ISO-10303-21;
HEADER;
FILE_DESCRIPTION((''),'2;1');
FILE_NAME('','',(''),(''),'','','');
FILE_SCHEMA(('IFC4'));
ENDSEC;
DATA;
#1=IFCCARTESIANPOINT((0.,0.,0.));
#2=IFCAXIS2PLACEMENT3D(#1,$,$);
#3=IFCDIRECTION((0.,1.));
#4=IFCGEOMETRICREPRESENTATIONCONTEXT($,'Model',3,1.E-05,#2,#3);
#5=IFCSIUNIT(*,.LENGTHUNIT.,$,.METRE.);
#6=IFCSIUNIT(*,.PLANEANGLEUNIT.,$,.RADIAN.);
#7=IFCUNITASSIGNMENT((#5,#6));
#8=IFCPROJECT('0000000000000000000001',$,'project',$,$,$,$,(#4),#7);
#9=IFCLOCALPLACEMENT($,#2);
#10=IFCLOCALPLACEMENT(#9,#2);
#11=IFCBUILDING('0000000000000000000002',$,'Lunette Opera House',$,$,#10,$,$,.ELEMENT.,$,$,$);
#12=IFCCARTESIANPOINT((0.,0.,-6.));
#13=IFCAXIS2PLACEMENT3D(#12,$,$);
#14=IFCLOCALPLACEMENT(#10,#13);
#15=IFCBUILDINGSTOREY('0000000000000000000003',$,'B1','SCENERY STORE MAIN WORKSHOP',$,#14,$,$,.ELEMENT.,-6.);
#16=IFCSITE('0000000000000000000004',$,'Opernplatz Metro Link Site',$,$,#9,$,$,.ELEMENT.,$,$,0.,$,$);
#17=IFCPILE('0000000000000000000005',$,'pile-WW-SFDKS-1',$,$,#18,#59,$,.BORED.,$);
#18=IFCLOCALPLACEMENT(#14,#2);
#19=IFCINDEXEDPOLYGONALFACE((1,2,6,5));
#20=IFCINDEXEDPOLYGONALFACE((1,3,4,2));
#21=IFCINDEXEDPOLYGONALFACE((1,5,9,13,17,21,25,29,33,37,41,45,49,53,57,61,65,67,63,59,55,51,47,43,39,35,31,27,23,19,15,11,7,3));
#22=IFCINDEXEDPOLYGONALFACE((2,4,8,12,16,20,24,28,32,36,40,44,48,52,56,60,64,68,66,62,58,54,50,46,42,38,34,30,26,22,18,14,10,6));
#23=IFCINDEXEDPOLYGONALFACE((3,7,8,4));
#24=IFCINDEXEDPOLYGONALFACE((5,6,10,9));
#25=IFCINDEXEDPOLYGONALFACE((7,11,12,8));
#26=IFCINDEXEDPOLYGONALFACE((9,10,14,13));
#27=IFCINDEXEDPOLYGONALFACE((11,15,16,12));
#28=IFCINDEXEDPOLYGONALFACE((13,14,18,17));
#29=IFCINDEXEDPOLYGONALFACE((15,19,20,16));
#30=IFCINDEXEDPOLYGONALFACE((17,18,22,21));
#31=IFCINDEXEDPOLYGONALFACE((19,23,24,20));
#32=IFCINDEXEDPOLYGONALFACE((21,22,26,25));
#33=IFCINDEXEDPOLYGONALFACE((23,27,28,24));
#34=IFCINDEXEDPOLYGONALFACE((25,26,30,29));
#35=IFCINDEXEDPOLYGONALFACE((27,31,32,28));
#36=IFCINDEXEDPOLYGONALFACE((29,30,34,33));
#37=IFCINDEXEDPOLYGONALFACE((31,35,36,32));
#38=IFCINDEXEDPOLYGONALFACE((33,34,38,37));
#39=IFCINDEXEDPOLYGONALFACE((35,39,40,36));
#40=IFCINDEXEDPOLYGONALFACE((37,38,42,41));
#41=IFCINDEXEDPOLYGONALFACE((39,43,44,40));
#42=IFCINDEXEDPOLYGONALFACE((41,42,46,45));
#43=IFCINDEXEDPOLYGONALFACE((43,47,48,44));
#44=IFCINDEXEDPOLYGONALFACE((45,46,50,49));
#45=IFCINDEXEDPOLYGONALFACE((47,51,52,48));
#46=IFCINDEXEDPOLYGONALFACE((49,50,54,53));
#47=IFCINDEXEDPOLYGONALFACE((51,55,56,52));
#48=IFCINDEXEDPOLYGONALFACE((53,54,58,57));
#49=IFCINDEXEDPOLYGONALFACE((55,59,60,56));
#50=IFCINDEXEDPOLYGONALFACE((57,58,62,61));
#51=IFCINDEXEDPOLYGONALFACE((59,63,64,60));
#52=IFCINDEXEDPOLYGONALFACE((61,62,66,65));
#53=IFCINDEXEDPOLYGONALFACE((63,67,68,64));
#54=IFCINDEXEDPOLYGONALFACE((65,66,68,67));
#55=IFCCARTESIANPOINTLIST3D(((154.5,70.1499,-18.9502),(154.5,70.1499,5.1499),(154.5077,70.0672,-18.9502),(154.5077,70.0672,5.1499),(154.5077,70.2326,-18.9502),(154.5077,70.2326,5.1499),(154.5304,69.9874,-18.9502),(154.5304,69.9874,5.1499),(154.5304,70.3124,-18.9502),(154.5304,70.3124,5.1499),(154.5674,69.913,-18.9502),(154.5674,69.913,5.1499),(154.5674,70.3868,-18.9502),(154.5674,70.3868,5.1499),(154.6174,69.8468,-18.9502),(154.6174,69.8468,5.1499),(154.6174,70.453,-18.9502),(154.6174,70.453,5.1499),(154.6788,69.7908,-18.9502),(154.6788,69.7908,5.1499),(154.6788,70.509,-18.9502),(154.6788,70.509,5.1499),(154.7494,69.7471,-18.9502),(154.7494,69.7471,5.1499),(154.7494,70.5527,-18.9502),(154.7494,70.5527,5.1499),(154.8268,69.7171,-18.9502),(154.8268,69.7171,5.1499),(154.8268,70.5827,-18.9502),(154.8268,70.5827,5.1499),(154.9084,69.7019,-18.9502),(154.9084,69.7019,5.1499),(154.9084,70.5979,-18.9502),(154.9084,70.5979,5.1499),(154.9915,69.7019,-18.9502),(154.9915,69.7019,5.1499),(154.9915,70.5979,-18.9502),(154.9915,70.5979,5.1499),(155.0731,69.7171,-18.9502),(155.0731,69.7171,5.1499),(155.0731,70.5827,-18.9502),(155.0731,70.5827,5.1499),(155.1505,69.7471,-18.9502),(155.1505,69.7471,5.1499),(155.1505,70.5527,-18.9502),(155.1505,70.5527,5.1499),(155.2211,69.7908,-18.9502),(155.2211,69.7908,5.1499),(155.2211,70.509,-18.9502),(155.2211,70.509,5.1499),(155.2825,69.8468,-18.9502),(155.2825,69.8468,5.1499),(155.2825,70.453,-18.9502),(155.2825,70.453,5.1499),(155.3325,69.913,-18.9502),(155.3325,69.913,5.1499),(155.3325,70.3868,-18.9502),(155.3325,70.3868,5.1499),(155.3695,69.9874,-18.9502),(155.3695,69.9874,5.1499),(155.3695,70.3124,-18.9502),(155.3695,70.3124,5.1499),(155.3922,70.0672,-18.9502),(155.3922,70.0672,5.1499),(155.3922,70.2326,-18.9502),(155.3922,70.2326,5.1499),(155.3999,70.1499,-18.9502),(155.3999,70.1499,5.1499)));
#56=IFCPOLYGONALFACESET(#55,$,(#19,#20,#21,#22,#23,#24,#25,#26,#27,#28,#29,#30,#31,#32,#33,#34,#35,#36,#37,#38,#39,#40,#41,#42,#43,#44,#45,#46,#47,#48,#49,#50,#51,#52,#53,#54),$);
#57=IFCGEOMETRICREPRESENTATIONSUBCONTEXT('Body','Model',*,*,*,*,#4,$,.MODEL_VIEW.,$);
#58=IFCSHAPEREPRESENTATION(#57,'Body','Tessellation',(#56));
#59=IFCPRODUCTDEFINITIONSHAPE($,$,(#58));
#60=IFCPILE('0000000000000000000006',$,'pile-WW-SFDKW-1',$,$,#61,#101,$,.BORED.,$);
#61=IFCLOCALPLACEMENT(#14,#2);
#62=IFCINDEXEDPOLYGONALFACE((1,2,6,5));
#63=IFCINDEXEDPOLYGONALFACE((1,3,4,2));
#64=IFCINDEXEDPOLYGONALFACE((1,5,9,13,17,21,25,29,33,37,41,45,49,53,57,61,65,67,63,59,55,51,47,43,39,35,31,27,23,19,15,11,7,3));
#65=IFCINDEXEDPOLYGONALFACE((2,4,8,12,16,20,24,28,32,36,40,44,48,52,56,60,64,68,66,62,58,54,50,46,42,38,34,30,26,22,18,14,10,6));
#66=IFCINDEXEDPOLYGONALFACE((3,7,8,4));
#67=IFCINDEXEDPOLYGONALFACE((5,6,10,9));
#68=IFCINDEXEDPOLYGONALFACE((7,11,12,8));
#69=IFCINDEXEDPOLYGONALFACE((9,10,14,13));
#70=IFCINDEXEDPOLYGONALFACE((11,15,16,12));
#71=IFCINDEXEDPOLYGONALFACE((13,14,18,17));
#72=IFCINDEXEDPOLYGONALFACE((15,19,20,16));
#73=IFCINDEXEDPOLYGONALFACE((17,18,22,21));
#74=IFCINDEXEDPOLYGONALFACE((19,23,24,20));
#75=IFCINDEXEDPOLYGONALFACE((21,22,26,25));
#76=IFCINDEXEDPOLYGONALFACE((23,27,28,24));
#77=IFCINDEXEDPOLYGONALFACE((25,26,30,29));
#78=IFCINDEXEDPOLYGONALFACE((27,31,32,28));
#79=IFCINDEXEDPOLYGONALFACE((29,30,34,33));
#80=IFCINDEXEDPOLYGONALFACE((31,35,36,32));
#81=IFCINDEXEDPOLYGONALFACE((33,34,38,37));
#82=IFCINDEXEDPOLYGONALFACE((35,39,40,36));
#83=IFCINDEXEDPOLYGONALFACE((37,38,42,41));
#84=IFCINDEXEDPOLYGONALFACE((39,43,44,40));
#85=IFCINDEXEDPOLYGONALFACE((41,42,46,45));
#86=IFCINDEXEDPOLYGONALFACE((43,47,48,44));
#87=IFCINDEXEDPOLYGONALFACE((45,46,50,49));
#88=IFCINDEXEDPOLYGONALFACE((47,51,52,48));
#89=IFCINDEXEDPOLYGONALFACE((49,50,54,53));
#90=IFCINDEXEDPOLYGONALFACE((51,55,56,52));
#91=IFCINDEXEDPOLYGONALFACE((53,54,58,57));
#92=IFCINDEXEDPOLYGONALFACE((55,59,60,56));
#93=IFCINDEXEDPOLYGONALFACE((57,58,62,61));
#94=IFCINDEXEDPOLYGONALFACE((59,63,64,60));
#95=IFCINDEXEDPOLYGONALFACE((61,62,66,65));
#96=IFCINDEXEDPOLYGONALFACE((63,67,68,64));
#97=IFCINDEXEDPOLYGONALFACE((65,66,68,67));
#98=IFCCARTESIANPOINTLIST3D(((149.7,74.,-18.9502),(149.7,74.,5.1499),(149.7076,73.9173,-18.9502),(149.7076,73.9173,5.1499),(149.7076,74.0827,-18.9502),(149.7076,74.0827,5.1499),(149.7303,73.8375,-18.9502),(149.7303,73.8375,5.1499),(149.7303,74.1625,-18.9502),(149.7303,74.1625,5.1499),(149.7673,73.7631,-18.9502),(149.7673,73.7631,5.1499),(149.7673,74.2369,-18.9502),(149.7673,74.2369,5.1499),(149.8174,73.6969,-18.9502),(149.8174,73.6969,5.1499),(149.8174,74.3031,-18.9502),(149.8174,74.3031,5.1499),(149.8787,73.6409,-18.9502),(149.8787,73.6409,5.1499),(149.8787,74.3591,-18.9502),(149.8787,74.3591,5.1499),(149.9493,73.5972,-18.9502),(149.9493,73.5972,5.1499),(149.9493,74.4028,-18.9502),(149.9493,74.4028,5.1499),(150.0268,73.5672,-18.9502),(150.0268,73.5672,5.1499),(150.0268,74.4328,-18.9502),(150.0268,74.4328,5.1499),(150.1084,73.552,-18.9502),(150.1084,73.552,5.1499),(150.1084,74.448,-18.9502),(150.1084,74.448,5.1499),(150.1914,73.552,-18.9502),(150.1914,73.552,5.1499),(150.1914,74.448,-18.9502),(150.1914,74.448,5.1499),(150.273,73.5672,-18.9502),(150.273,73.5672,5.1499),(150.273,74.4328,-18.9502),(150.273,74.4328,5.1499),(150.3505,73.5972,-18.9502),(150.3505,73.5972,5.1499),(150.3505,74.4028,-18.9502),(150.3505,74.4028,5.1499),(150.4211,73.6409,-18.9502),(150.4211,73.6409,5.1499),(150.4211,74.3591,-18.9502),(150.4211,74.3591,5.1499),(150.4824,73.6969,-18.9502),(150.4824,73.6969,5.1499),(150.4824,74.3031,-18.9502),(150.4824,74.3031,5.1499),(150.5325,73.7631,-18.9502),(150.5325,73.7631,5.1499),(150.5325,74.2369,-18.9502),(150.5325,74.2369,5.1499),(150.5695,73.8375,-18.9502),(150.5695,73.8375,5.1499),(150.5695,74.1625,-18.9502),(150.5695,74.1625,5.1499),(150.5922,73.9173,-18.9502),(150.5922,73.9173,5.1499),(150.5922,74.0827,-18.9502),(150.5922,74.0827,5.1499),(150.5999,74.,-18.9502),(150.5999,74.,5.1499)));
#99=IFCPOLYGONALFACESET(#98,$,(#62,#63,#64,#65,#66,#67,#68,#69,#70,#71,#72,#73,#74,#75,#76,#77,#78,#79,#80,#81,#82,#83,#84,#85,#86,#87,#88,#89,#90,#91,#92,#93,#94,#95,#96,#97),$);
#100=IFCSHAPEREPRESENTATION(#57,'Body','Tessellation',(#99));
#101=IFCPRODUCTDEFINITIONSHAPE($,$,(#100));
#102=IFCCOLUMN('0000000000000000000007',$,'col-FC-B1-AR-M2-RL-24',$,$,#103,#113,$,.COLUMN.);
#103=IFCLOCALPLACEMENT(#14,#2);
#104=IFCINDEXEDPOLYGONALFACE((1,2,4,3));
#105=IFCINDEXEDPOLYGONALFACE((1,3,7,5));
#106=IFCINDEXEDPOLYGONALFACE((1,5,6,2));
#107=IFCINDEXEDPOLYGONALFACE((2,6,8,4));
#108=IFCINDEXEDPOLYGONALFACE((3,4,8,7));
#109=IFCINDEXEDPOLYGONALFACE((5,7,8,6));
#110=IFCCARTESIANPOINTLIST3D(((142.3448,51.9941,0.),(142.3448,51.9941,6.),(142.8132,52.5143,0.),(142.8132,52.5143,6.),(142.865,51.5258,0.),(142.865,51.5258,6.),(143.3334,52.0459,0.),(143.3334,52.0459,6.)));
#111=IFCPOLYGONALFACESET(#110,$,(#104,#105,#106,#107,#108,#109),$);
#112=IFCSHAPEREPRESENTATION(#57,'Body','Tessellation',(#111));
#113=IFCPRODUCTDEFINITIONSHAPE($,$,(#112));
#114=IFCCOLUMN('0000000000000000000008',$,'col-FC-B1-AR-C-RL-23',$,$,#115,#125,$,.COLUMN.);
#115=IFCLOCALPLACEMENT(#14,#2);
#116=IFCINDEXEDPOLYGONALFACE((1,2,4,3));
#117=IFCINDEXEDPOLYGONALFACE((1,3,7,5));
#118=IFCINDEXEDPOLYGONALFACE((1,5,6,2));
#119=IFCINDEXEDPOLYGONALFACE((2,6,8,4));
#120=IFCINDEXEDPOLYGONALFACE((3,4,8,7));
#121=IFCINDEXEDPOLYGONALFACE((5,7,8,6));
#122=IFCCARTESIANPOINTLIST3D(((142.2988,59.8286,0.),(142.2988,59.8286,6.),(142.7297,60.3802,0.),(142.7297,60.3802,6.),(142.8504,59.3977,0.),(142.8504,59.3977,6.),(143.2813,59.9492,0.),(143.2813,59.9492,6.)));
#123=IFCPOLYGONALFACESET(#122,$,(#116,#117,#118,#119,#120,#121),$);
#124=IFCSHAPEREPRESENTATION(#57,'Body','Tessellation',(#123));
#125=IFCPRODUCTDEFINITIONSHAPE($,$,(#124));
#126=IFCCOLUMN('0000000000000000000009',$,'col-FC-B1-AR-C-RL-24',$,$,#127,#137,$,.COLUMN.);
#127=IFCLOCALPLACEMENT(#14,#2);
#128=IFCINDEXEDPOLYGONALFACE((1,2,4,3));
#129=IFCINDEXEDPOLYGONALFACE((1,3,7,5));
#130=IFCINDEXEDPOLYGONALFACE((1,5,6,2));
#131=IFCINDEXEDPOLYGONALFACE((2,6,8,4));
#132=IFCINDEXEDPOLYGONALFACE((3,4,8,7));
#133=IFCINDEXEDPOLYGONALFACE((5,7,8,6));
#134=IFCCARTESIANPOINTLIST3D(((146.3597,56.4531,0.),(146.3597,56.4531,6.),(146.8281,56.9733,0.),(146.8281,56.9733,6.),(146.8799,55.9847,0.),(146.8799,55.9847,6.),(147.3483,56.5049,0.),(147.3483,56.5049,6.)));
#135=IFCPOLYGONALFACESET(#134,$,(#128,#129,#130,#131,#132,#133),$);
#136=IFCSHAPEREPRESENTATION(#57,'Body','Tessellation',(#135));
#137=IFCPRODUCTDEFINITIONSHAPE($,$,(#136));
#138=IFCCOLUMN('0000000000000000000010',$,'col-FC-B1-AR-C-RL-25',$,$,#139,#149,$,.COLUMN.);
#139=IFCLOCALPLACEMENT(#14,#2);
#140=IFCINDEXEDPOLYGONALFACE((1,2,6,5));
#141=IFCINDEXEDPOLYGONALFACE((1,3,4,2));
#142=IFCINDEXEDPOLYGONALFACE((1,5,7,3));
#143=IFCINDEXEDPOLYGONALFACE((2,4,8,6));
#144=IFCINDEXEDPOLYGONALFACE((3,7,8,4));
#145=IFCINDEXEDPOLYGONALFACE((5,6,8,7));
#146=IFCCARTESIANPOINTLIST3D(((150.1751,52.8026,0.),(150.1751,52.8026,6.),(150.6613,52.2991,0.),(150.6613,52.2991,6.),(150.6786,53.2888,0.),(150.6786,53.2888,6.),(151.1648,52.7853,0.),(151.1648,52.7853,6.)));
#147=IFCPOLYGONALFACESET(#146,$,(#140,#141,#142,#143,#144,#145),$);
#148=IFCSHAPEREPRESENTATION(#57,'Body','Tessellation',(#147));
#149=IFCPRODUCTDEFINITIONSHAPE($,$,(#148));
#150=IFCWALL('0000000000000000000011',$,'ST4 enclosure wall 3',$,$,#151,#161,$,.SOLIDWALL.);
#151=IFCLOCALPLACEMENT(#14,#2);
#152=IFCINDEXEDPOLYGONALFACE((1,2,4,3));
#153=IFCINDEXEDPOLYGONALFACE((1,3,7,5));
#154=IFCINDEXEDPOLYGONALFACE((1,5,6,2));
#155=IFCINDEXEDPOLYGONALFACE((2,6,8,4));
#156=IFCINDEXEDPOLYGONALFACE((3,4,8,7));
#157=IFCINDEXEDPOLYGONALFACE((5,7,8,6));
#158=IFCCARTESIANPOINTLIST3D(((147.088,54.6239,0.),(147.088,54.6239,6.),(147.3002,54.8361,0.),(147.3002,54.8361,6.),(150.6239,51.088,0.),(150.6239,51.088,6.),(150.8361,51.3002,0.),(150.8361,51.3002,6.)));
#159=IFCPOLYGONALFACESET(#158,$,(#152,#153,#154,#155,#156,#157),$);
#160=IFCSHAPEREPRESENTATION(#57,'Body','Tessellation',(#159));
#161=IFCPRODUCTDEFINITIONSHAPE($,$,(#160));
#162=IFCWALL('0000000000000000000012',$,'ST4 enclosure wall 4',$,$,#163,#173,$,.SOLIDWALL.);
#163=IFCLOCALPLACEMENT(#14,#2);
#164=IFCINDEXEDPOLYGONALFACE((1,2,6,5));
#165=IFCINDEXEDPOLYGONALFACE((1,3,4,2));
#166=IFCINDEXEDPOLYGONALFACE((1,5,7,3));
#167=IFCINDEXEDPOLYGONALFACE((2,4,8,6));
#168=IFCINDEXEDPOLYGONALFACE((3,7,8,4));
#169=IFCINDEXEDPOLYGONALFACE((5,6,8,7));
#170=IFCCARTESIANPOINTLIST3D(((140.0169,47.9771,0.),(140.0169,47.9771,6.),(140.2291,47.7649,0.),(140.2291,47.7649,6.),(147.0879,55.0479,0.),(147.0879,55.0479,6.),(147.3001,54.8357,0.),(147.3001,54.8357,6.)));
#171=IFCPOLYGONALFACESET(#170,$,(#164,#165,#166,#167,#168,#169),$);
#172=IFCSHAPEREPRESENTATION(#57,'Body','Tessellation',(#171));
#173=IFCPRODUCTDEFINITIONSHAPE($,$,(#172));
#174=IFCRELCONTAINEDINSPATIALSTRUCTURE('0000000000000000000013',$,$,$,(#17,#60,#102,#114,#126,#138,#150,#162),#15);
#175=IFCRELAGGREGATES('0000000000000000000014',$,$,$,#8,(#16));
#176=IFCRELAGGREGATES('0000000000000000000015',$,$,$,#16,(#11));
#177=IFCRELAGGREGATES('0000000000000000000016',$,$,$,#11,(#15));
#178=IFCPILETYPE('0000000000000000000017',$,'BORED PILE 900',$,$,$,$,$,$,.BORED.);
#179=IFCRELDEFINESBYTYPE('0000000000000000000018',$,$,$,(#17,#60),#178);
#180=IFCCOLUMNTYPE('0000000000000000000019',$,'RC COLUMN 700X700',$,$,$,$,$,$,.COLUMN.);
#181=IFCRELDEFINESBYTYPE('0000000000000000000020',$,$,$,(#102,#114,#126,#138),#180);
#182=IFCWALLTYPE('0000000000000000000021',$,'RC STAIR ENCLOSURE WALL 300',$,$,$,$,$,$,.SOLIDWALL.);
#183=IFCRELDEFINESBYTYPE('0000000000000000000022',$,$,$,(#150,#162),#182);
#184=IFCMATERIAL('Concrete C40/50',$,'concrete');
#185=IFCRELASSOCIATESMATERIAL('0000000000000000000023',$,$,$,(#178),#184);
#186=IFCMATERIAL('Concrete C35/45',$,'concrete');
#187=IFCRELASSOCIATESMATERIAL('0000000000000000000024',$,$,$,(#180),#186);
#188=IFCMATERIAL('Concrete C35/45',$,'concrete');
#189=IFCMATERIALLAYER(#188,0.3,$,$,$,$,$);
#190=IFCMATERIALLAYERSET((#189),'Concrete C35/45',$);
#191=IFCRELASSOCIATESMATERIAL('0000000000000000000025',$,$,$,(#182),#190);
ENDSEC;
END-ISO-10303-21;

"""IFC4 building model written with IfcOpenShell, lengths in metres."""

from ifc_helpers import new_model, si_unit, direction, frame, frame_2d, origin, origin_2d, place, context, subcontext, project, spatial, rectangle, circle, extrude, material, layer, layer_set, material_profile, profile_set, type_object, element, save


model = new_model("IFC4")

# Units and contexts
model_context = context("Model", 3, precision=1e-05, world=origin(), true_north=direction((0.0, 1.0)))
body_context = subcontext(model_context, "Body", "Model", "MODEL_VIEW")
ifc_project = project(units=[si_unit("LENGTHUNIT", "METRE"), si_unit("PLANEANGLEUNIT", "RADIAN")], contexts=[model_context])

# Site, building, storey
site_placement = place(None, origin())
site = spatial("IfcSite", under=ifc_project, at=site_placement, Name="Opernplatz Metro Link Site", CompositionType="ELEMENT", RefElevation=0.0)
building_placement = place(site_placement, origin())
building = spatial("IfcBuilding", under=site, at=building_placement, Name="Lunette Opera House", CompositionType="ELEMENT")
storey_placement = place(building_placement, frame((0.0, 0.0, -6.0)))
storey = spatial("IfcBuildingStorey", under=building, at=storey_placement, Name="B1", Description="SCENERY STORE MAIN WORKSHOP", CompositionType="ELEMENT", Elevation=-6.0)

# Piles
ifc_material_1 = material(Name="Concrete C40/50", Category="concrete")
ifc_material_profile_1 = material_profile(ifc_material_1, circle(Radius=0.45, at=origin_2d()), Name="BORED PILE 900")
ifc_profile_set_1 = profile_set([ifc_material_profile_1], Name="Concrete C40/50")
pile_type = type_object("IfcPileType", Name="BORED PILE 900", PredefinedType="BORED", material=ifc_profile_set_1)
for number, where, z_axis, x_axis, name in (
    (1, (154.95, 70.1499, 5.1499), (0.0, 0.0, -1.0), (1.0, 0.0, 0.0), "pile-WW-SFDKS-1"),
    (2, (150.1499, 74.0, 5.1499), (0.0, 0.0, -1.0), (1.0, 0.0, 0.0), "pile-WW-SFDKW-1"),
):
    element("IfcPile", number, at=place(storey_placement, frame(where, z_axis=z_axis, x_axis=x_axis)), inside=storey, type_object=pile_type, Name=name, PredefinedType="BORED", context=body_context, shape_type="SweptSolid", body=[
        extrude(circle(Radius=0.45, at=origin_2d()), origin(), (0.0, 0.0, 1.0), 24.1001),
    ])

# Columns
ifc_material_2 = material(Name="Concrete C35/45", Category="concrete")
ifc_material_profile_2 = material_profile(ifc_material_2, rectangle(XDim=0.7, YDim=0.7, at=origin_2d()), Name="RC COLUMN 700X700")
ifc_profile_set_2 = profile_set([ifc_material_profile_2], Name="Concrete C35/45")
column_type = type_object("IfcColumnType", Name="RC COLUMN 700X700", PredefinedType="COLUMN", material=ifc_profile_set_2)
for number, where, z_axis, x_axis, name in (
    (3, (142.8391, 52.02, 0.0), (0.0, 0.0, 1.0), (0.743145, -0.669131, 0.0), "col-FC-B1-AR-M2-RL-24"),
    (4, (142.79, 59.8889, 0.0), (0.0, 0.0, 1.0), (0.788011, -0.615661, 0.0), "col-FC-B1-AR-C-RL-23"),
    (5, (146.854, 56.479, 0.0), (0.0, 0.0, 1.0), (0.743145, -0.669131, 0.0), "col-FC-B1-AR-C-RL-24"),
    (6, (150.6699, 52.7939, 0.0), (0.0, 0.0, 1.0), (0.694658, -0.71934, 0.0), "col-FC-B1-AR-C-RL-25"),
):
    element("IfcColumn", number, at=place(storey_placement, frame(where, z_axis=z_axis, x_axis=x_axis)), inside=storey, type_object=column_type, Name=name, PredefinedType="COLUMN", context=body_context, shape_type="SweptSolid", body=[
        extrude(rectangle(XDim=0.7, YDim=0.7, at=origin_2d()), origin(), (0.0, 0.0, 1.0), 6.0),
    ])

# Walls
ifc_material_3 = material(Name="Concrete C35/45", Category="concrete")
ifc_layer = layer(ifc_material_3, 0.3)
ifc_layer_set = layer_set([ifc_layer], Name="Concrete C35/45")
wall_type = type_object("IfcWallType", Name="RC STAIR ENCLOSURE WALL 300", PredefinedType="SOLIDWALL", material=ifc_layer_set)
wall_1_placement = place(storey_placement, frame((150.73, 51.1941, 0.0), z_axis=(0.0, 0.0, 1.0), x_axis=(-0.707107, 0.707107, 0.0)))
element("IfcWall", 7, at=wall_1_placement, inside=storey, type_object=wall_type, Name="ST4 enclosure wall 3", PredefinedType="SOLIDWALL", context=body_context, shape_type="SweptSolid", body=[
    extrude(rectangle(XDim=5.0005, YDim=0.3, at=frame_2d((2.5002, 0.0))), origin(), (0.0, 0.0, 1.0), 6.0),
])
wall_2_placement = place(storey_placement, frame((147.1941, 54.9419, 0.0), z_axis=(0.0, 0.0, 1.0), x_axis=(-0.707119, -0.707095, 0.0)))
element("IfcWall", 8, at=wall_2_placement, inside=storey, type_object=wall_type, Name="ST4 enclosure wall 4", PredefinedType="SOLIDWALL", context=body_context, shape_type="SweptSolid", body=[
    extrude(rectangle(XDim=9.9998, YDim=0.3, at=frame_2d((5.0, 0.0))), origin(), (0.0, 0.0, 1.0), 6.0),
])

save(model, "model.ifc")
